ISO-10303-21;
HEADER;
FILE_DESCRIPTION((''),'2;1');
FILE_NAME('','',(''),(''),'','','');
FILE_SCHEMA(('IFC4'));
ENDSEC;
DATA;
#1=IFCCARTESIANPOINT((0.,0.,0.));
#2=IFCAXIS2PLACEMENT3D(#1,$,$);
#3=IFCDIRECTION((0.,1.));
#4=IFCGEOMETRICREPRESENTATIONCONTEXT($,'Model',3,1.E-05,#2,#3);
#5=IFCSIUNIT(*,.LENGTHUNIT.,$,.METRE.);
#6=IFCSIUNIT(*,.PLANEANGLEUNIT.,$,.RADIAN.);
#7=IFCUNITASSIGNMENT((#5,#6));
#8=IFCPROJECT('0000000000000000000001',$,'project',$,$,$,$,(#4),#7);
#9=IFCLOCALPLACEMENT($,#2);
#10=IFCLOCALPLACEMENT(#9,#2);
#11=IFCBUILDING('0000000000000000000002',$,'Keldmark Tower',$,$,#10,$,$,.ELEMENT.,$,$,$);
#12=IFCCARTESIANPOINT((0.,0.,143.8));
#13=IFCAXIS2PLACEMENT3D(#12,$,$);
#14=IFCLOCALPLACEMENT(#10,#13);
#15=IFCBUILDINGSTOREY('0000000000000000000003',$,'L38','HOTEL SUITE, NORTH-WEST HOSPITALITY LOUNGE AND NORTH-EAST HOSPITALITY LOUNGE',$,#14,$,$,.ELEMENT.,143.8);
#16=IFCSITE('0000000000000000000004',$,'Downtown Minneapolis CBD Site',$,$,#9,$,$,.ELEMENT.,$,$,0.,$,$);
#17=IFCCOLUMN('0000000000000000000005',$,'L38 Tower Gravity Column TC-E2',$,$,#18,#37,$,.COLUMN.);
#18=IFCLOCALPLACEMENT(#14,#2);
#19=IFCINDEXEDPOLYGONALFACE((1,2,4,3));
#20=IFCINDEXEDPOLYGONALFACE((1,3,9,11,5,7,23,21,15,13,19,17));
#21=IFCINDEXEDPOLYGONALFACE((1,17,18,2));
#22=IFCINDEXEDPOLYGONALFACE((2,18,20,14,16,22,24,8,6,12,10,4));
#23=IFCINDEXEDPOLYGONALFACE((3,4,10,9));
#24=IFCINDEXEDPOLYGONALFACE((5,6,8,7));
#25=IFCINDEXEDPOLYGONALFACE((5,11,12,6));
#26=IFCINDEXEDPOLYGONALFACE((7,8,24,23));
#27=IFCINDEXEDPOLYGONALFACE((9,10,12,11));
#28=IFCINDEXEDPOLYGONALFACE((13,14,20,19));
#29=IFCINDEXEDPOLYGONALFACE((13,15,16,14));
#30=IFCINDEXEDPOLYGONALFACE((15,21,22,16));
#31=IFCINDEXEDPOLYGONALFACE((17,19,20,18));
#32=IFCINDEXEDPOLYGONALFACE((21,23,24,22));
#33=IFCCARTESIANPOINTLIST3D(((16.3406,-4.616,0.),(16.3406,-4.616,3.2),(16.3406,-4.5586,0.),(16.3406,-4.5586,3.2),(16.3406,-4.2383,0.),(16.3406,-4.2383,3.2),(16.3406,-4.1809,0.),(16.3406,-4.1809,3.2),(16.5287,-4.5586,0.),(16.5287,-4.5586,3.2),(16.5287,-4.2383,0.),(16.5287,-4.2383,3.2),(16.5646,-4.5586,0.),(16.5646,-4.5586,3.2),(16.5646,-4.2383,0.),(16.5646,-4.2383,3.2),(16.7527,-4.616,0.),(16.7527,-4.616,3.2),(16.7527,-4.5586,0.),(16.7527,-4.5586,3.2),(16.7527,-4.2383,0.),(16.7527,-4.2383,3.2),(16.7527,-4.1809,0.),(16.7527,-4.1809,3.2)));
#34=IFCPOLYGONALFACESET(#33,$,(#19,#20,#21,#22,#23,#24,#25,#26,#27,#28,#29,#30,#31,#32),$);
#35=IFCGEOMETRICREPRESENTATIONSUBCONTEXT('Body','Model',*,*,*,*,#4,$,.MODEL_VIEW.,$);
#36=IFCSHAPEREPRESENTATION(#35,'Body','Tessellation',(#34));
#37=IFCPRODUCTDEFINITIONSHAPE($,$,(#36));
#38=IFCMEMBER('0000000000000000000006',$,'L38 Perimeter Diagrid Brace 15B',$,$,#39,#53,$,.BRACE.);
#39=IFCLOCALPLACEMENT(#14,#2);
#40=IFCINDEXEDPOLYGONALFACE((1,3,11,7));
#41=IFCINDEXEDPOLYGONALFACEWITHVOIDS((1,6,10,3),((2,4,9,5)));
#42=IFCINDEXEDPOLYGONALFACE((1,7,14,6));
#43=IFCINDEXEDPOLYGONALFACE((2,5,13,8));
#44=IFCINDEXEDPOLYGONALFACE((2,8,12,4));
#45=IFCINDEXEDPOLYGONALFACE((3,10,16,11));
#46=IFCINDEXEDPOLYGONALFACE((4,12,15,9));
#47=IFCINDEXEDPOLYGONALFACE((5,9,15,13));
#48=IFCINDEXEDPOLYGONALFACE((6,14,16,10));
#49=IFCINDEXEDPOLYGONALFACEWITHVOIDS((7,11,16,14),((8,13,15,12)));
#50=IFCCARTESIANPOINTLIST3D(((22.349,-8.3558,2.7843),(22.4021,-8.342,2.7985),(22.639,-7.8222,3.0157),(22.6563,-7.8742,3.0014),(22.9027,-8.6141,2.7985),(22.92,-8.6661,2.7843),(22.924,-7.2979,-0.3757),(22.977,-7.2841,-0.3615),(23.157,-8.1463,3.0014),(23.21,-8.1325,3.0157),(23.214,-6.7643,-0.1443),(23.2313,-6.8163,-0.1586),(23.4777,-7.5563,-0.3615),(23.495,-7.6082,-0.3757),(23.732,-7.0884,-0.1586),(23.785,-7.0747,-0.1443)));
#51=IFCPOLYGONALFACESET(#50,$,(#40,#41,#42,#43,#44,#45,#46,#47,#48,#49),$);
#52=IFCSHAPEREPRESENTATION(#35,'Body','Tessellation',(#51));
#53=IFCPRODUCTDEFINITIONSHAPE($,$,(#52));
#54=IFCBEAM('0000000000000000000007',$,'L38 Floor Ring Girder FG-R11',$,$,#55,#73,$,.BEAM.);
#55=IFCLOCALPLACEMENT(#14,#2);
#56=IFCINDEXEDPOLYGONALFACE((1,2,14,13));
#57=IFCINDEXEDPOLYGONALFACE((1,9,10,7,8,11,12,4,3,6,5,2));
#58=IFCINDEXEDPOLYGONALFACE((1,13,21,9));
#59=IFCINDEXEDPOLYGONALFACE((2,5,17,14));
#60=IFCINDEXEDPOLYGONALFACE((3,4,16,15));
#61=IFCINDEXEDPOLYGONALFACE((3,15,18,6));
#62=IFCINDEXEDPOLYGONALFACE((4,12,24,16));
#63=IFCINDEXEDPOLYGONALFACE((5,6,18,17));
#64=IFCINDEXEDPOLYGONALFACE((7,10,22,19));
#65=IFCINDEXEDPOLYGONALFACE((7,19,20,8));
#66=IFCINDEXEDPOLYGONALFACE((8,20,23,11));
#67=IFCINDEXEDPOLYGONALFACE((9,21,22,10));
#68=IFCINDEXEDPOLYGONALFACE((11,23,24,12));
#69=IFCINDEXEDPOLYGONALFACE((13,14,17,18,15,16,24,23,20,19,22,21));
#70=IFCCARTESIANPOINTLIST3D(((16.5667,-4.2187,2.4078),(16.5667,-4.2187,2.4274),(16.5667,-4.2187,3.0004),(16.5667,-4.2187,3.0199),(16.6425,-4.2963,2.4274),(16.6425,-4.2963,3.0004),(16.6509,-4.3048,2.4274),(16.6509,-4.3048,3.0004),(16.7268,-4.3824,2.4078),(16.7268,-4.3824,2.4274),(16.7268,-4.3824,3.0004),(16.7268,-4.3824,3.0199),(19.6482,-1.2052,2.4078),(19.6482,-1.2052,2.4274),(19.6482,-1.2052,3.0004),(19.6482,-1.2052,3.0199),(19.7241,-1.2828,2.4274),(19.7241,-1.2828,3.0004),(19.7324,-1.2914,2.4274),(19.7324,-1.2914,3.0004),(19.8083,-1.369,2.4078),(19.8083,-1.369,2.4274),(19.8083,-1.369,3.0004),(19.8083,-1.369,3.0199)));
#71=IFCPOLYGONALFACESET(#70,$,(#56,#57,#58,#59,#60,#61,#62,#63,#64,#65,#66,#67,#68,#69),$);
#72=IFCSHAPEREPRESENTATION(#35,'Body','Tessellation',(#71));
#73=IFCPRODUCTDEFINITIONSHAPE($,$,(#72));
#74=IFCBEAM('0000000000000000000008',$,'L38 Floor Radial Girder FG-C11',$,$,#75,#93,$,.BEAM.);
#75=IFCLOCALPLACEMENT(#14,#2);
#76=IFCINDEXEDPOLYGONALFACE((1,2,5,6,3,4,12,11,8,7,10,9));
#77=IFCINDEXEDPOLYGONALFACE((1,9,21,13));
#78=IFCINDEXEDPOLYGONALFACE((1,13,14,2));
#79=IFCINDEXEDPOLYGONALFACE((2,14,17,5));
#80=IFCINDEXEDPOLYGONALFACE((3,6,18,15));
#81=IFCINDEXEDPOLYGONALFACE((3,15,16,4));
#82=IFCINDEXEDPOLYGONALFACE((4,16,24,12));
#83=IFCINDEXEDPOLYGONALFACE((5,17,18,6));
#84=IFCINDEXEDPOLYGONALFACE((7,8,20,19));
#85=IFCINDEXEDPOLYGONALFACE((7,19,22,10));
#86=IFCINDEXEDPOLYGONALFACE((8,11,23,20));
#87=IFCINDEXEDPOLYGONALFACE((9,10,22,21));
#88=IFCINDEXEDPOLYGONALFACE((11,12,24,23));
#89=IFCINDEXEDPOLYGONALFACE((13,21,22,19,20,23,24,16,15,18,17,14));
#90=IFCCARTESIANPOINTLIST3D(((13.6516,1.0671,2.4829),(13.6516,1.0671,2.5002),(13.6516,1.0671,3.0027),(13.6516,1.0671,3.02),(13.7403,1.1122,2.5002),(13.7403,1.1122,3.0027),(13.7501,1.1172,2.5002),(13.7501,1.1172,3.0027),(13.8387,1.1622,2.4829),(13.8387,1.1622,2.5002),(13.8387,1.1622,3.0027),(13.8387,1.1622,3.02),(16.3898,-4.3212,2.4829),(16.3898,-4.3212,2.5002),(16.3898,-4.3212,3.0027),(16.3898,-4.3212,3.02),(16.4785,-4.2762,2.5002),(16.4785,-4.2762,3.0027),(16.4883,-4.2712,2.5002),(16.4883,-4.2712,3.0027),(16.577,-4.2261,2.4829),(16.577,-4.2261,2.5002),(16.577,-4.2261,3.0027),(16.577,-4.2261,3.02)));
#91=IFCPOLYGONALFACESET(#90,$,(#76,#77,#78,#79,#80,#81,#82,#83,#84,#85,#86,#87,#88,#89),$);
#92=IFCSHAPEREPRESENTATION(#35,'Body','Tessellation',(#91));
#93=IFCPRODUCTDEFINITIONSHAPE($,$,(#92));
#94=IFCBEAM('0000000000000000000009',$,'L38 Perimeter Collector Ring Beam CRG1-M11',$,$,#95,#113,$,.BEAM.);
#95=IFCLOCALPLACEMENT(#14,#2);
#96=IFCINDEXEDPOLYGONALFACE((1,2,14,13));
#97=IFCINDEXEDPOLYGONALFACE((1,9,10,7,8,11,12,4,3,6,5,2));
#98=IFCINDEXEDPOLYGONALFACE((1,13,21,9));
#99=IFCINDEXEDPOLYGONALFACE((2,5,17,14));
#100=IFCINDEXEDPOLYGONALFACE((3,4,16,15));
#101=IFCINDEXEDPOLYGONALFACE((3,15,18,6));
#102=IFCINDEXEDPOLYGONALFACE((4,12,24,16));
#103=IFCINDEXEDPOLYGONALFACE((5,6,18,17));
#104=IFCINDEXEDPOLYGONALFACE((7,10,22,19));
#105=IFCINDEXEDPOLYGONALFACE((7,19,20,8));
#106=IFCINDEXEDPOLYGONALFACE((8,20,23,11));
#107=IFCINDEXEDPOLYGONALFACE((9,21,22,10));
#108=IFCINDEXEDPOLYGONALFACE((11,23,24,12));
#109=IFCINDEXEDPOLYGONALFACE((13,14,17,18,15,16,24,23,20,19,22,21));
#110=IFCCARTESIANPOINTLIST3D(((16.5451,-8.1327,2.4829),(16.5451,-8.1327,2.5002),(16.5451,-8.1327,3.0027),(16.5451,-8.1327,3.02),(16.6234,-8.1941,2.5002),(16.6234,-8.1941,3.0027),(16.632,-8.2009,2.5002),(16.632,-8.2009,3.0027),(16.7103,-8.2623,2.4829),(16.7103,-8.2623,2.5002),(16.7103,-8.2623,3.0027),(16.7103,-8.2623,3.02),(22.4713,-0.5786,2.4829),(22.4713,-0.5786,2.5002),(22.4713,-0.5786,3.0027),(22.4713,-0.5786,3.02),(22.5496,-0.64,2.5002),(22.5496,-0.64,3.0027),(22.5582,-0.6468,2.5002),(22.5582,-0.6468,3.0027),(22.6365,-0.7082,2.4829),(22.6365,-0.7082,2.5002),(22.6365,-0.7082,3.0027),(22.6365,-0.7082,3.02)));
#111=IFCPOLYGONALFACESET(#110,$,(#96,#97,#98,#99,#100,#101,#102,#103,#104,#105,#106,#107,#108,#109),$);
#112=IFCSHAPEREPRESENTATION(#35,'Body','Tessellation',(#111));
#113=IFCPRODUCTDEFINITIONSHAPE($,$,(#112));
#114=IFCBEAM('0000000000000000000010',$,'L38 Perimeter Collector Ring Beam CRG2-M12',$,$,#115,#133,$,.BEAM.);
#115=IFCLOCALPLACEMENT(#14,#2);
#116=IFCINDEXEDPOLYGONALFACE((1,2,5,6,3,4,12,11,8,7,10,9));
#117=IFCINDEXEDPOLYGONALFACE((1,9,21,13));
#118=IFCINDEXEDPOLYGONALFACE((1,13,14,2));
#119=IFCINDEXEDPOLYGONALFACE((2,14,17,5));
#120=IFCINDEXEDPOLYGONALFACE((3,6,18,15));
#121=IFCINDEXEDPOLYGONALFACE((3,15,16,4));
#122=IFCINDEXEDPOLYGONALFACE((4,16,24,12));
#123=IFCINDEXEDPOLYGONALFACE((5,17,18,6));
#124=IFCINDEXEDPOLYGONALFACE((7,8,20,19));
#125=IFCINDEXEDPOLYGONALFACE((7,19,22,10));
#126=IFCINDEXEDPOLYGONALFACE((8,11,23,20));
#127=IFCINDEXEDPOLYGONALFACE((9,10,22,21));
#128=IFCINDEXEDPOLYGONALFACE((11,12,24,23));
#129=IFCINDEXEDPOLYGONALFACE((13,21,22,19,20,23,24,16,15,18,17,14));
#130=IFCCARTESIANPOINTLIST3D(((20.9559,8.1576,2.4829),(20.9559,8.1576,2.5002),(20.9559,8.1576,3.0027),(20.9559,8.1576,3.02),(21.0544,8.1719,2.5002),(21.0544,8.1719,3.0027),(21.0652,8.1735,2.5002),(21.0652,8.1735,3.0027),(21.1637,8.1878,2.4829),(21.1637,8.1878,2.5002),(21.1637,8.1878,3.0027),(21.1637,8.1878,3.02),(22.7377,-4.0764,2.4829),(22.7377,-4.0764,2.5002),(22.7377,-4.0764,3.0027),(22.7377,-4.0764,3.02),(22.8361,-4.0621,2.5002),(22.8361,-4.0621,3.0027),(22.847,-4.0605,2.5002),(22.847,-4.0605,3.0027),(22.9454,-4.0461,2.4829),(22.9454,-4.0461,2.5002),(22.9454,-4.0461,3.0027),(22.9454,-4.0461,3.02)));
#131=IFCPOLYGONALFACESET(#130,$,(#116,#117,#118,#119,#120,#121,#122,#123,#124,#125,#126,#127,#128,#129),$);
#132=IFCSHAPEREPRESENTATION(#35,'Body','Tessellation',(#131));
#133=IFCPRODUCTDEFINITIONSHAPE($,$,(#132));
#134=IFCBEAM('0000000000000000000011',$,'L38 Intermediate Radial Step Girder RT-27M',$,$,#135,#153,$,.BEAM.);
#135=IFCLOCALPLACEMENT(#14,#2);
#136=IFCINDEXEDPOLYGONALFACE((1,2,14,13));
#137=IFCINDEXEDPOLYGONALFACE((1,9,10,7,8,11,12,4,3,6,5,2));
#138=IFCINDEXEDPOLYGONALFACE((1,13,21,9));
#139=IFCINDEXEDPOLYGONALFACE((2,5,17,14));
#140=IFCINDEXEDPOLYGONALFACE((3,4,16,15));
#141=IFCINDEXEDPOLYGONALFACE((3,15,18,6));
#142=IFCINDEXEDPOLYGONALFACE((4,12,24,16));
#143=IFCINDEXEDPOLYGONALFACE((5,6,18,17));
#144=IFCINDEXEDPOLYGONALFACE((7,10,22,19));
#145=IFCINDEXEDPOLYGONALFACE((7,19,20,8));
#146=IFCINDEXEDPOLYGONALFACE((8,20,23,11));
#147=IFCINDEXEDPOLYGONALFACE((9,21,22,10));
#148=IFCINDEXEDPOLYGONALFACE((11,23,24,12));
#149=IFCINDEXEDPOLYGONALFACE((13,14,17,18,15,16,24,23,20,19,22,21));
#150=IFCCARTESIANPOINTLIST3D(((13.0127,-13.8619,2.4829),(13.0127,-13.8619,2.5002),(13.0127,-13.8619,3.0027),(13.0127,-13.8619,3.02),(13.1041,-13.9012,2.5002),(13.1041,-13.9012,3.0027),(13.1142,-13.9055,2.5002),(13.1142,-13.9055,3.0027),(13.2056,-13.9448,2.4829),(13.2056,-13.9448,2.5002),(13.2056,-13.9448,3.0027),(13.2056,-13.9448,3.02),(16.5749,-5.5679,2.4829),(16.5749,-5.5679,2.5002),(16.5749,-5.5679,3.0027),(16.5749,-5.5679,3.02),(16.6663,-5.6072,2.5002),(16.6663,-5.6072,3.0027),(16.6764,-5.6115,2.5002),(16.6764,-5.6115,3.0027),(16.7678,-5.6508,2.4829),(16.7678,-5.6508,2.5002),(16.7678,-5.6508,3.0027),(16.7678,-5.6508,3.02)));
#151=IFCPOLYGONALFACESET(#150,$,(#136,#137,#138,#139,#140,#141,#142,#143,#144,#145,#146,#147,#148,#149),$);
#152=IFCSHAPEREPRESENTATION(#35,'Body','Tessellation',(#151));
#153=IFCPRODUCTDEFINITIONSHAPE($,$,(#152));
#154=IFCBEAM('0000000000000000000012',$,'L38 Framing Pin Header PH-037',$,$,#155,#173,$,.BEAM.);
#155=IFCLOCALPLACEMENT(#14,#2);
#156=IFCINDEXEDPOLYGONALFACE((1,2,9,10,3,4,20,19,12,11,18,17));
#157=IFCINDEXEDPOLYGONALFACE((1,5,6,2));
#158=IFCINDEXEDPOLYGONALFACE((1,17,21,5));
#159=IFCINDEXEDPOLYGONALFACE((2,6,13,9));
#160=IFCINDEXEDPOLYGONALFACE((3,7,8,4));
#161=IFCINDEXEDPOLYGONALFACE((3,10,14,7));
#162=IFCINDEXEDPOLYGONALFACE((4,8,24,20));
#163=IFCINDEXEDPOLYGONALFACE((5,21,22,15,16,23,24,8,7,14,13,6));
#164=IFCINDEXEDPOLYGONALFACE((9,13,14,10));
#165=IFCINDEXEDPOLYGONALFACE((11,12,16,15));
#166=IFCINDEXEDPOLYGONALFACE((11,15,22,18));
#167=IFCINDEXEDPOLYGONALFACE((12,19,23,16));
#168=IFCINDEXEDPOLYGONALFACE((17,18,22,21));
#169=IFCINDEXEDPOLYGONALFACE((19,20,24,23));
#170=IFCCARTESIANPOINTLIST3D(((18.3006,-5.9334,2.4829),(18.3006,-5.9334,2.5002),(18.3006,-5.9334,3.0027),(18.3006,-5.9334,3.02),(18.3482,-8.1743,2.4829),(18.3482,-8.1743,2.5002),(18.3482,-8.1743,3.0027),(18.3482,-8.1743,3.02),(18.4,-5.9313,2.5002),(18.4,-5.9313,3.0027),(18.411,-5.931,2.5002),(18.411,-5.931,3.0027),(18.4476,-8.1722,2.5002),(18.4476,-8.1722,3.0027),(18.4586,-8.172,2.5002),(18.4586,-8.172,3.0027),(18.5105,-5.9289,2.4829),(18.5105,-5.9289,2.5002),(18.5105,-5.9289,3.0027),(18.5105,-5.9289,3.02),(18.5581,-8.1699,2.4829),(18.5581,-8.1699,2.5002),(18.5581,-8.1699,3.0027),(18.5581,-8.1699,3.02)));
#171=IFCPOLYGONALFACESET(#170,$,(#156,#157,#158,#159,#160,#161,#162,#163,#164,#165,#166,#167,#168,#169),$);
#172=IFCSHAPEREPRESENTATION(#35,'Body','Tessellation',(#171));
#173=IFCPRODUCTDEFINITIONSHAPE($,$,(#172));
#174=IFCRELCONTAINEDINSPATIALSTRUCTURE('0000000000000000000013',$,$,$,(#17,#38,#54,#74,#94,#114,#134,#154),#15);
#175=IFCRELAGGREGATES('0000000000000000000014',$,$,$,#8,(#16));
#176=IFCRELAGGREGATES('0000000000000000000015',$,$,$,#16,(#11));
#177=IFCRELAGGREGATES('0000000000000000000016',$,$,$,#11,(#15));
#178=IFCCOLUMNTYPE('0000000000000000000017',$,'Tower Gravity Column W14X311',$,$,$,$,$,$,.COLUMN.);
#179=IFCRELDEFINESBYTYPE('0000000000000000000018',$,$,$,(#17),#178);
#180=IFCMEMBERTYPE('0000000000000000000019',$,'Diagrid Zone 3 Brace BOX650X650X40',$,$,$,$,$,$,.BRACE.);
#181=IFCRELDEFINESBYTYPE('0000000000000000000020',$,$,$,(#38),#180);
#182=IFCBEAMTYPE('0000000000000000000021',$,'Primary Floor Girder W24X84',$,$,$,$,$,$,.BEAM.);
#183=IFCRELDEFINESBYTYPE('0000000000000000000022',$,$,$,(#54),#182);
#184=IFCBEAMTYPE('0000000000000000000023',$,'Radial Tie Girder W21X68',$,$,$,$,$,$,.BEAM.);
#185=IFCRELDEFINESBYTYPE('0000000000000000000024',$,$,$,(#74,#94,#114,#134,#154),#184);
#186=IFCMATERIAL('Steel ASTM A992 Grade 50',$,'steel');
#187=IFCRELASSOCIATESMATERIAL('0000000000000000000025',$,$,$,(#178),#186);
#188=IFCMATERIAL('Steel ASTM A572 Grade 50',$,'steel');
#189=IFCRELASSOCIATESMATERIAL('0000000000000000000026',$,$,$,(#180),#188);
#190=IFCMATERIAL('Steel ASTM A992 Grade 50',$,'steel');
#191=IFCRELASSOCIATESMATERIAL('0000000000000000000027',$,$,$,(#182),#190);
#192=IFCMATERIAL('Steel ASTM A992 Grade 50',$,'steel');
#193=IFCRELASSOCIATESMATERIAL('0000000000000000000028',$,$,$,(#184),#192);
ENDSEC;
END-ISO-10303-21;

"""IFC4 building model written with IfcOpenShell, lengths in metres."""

from ifc_helpers import new_model, si_unit, direction, frame, origin, origin_2d, place, context, subcontext, project, spatial, hollow_rectangle, i_section, extrude, material, material_profile, profile_set, type_object, element, save


model = new_model("IFC4")

# Units and contexts
model_context = context("Model", 3, precision=1e-05, world=origin(), true_north=direction((0.0, 1.0)))
body_context = subcontext(model_context, "Body", "Model", "MODEL_VIEW")
ifc_project = project(units=[si_unit("LENGTHUNIT", "METRE"), si_unit("PLANEANGLEUNIT", "RADIAN")], contexts=[model_context])

# Site, building, storey
site_placement = place(None, origin())
site = spatial("IfcSite", under=ifc_project, at=site_placement, Name="Downtown Minneapolis CBD Site", CompositionType="ELEMENT", RefElevation=0.0)
building_placement = place(site_placement, origin())
building = spatial("IfcBuilding", under=site, at=building_placement, Name="Keldmark Tower", CompositionType="ELEMENT")
storey_placement = place(building_placement, frame((0.0, 0.0, 143.8)))
storey = spatial("IfcBuildingStorey", under=building, at=storey_placement, Name="L38", Description="HOTEL SUITE, NORTH-WEST HOSPITALITY LOUNGE AND NORTH-EAST HOSPITALITY LOUNGE", CompositionType="ELEMENT", Elevation=143.8)

# Column
ifc_material_1 = material(Name="Steel ASTM A992 Grade 50", Category="steel")
ifc_material_profile_1 = material_profile(ifc_material_1, i_section(OverallWidth=0.4121, OverallDepth=0.4351, WebThickness=0.0359, FlangeThickness=0.0574, at=origin_2d()), Name="W14X311")
ifc_profile_set_1 = profile_set([ifc_material_profile_1], Name="Steel ASTM A992 Grade 50")
column_type = type_object("IfcColumnType", Name="Tower Gravity Column W14X311", PredefinedType="COLUMN", material=ifc_profile_set_1)
column_placement = place(storey_placement, frame((16.5466, -4.3984, 0.0), z_axis=(0.0, 0.0, 1.0), x_axis=(1.0, 0.0, 0.0)))
element("IfcColumn", 1, at=column_placement, inside=storey, type_object=column_type, Name="L38 Tower Gravity Column TC-E2", PredefinedType="COLUMN", context=body_context, shape_type="SweptSolid", body=[
    extrude(i_section(OverallWidth=0.4121, OverallDepth=0.4351, WebThickness=0.0359, FlangeThickness=0.0574, at=origin_2d()), origin(), (0.0, 0.0, 1.0), 3.2),
])

# Member
ifc_material_2 = material(Name="Steel ASTM A572 Grade 50", Category="steel")
ifc_material_profile_2 = material_profile(ifc_material_2, hollow_rectangle(XDim=0.6499, YDim=0.6499, WallThickness=0.04, at=origin_2d()), Name="BOX650X650X40")
ifc_profile_set_2 = profile_set([ifc_material_profile_2], Name="Steel ASTM A572 Grade 50")
member_type = type_object("IfcMemberType", Name="Diagrid Zone 3 Brace BOX650X650X40", PredefinedType="BRACE", material=ifc_profile_set_2)
member_placement = place(storey_placement, frame((23.3545, -7.1863, -0.26), z_axis=(-0.170027, -0.312836, 0.934465), x_axis=(0.878615, -0.47753, 0.0)))
element("IfcMember", 2, at=member_placement, inside=storey, type_object=member_type, Name="L38 Perimeter Diagrid Brace 15B", PredefinedType="BRACE", context=body_context, shape_type="SweptSolid", body=[
    extrude(hollow_rectangle(XDim=0.6499, YDim=0.6499, WallThickness=0.04, at=origin_2d()), origin(), (0.0, 0.0, 1.0), 3.3816),
])

# Beams
ifc_material_3 = material(Name="Steel ASTM A992 Grade 50", Category="steel")
ifc_material_profile_3 = material_profile(ifc_material_3, i_section(OverallWidth=0.229, OverallDepth=0.6121, WebThickness=0.012, FlangeThickness=0.0195, at=origin_2d()), Name="W24X84")
ifc_profile_set_3 = profile_set([ifc_material_profile_3], Name="Steel ASTM A992 Grade 50")
beam_type_1 = type_object("IfcBeamType", Name="Primary Floor Girder W24X84", PredefinedType="BEAM", material=ifc_profile_set_3)
beam_1_placement = place(storey_placement, frame((16.6467, -4.3005, 2.7139), z_axis=(0.714965, 0.699161, 0.0), x_axis=(-0.699161, 0.714965, 0.0)))
element("IfcBeam", 3, at=beam_1_placement, inside=storey, type_object=beam_type_1, Name="L38 Floor Ring Girder FG-R11", PredefinedType="BEAM", context=body_context, shape_type="SweptSolid", body=[
    extrude(i_section(OverallWidth=0.229, OverallDepth=0.6121, WebThickness=0.012, FlangeThickness=0.0195, at=origin_2d()), origin(), (0.0, 0.0, 1.0), 4.3101),
])
ifc_material_4 = material(Name="Steel ASTM A992 Grade 50", Category="steel")
ifc_material_profile_4 = material_profile(ifc_material_4, i_section(OverallWidth=0.21, OverallDepth=0.5371, WebThickness=0.011, FlangeThickness=0.0173, at=origin_2d()), Name="W21X68")
ifc_profile_set_4 = profile_set([ifc_material_profile_4], Name="Steel ASTM A992 Grade 50")
beam_type_2 = type_object("IfcBeamType", Name="Radial Tie Girder W21X68", PredefinedType="BEAM", material=ifc_profile_set_4)
beam_2_placement = place(storey_placement, frame((16.4834, -4.2737, 2.7515), z_axis=(-0.453037, 0.891492, 0.0), x_axis=(-0.891492, -0.453037, 0.0)))
element("IfcBeam", 4, at=beam_2_placement, inside=storey, type_object=beam_type_2, Name="L38 Floor Radial Girder FG-C11", PredefinedType="BEAM", context=body_context, shape_type="SweptSolid", body=[
    extrude(i_section(OverallWidth=0.21, OverallDepth=0.5371, WebThickness=0.011, FlangeThickness=0.0173, at=origin_2d()), origin(), (0.0, 0.0, 1.0), 6.0442),
])
beam_3_placement = place(storey_placement, frame((16.6277, -8.1975, 2.7515), z_axis=(0.617231, 0.786782, 0.0), x_axis=(-0.786782, 0.617231, 0.0)))
element("IfcBeam", 5, at=beam_3_placement, inside=storey, type_object=beam_type_2, Name="L38 Perimeter Collector Ring Beam CRG1-M11", PredefinedType="BEAM", context=body_context, shape_type="SweptSolid", body=[
    extrude(i_section(OverallWidth=0.21, OverallDepth=0.5371, WebThickness=0.011, FlangeThickness=0.0173, at=origin_2d()), origin(), (0.0, 0.0, 1.0), 9.6013),
])
beam_4_placement = place(storey_placement, frame((22.8416, -4.0613, 2.7515), z_axis=(-0.144119, 0.98956, 0.0), x_axis=(-0.98956, -0.144119, 0.0)))
element("IfcBeam", 6, at=beam_4_placement, inside=storey, type_object=beam_type_2, Name="L38 Perimeter Collector Ring Beam CRG2-M12", PredefinedType="BEAM", context=body_context, shape_type="SweptSolid", body=[
    extrude(i_section(OverallWidth=0.21, OverallDepth=0.5371, WebThickness=0.011, FlangeThickness=0.0173, at=origin_2d()), origin(), (0.0, 0.0, 1.0), 12.363),
])
beam_5_placement = place(storey_placement, frame((16.6714, -5.6094, 2.7515), z_axis=(-0.394641, -0.918836, 0.0), x_axis=(0.918836, -0.394641, 0.0)))
element("IfcBeam", 7, at=beam_5_placement, inside=storey, type_object=beam_type_2, Name="L38 Intermediate Radial Step Girder RT-27M", PredefinedType="BEAM", context=body_context, shape_type="SweptSolid", body=[
    extrude(i_section(OverallWidth=0.21, OverallDepth=0.5371, WebThickness=0.011, FlangeThickness=0.0173, at=origin_2d()), origin(), (0.0, 0.0, 1.0), 9.0266),
])
beam_6_placement = place(storey_placement, frame((18.4055, -5.9312, 2.7515), z_axis=(0.021239, -0.999774, 0.0), x_axis=(0.999774, 0.021239, 0.0)))
element("IfcBeam", 8, at=beam_6_placement, inside=storey, type_object=beam_type_2, Name="L38 Framing Pin Header PH-037", PredefinedType="BEAM", context=body_context, shape_type="SweptSolid", body=[
    extrude(i_section(OverallWidth=0.21, OverallDepth=0.5371, WebThickness=0.011, FlangeThickness=0.0173, at=origin_2d()), origin(), (0.0, 0.0, 1.0), 2.2415),
])

save(model, "model.ifc")
